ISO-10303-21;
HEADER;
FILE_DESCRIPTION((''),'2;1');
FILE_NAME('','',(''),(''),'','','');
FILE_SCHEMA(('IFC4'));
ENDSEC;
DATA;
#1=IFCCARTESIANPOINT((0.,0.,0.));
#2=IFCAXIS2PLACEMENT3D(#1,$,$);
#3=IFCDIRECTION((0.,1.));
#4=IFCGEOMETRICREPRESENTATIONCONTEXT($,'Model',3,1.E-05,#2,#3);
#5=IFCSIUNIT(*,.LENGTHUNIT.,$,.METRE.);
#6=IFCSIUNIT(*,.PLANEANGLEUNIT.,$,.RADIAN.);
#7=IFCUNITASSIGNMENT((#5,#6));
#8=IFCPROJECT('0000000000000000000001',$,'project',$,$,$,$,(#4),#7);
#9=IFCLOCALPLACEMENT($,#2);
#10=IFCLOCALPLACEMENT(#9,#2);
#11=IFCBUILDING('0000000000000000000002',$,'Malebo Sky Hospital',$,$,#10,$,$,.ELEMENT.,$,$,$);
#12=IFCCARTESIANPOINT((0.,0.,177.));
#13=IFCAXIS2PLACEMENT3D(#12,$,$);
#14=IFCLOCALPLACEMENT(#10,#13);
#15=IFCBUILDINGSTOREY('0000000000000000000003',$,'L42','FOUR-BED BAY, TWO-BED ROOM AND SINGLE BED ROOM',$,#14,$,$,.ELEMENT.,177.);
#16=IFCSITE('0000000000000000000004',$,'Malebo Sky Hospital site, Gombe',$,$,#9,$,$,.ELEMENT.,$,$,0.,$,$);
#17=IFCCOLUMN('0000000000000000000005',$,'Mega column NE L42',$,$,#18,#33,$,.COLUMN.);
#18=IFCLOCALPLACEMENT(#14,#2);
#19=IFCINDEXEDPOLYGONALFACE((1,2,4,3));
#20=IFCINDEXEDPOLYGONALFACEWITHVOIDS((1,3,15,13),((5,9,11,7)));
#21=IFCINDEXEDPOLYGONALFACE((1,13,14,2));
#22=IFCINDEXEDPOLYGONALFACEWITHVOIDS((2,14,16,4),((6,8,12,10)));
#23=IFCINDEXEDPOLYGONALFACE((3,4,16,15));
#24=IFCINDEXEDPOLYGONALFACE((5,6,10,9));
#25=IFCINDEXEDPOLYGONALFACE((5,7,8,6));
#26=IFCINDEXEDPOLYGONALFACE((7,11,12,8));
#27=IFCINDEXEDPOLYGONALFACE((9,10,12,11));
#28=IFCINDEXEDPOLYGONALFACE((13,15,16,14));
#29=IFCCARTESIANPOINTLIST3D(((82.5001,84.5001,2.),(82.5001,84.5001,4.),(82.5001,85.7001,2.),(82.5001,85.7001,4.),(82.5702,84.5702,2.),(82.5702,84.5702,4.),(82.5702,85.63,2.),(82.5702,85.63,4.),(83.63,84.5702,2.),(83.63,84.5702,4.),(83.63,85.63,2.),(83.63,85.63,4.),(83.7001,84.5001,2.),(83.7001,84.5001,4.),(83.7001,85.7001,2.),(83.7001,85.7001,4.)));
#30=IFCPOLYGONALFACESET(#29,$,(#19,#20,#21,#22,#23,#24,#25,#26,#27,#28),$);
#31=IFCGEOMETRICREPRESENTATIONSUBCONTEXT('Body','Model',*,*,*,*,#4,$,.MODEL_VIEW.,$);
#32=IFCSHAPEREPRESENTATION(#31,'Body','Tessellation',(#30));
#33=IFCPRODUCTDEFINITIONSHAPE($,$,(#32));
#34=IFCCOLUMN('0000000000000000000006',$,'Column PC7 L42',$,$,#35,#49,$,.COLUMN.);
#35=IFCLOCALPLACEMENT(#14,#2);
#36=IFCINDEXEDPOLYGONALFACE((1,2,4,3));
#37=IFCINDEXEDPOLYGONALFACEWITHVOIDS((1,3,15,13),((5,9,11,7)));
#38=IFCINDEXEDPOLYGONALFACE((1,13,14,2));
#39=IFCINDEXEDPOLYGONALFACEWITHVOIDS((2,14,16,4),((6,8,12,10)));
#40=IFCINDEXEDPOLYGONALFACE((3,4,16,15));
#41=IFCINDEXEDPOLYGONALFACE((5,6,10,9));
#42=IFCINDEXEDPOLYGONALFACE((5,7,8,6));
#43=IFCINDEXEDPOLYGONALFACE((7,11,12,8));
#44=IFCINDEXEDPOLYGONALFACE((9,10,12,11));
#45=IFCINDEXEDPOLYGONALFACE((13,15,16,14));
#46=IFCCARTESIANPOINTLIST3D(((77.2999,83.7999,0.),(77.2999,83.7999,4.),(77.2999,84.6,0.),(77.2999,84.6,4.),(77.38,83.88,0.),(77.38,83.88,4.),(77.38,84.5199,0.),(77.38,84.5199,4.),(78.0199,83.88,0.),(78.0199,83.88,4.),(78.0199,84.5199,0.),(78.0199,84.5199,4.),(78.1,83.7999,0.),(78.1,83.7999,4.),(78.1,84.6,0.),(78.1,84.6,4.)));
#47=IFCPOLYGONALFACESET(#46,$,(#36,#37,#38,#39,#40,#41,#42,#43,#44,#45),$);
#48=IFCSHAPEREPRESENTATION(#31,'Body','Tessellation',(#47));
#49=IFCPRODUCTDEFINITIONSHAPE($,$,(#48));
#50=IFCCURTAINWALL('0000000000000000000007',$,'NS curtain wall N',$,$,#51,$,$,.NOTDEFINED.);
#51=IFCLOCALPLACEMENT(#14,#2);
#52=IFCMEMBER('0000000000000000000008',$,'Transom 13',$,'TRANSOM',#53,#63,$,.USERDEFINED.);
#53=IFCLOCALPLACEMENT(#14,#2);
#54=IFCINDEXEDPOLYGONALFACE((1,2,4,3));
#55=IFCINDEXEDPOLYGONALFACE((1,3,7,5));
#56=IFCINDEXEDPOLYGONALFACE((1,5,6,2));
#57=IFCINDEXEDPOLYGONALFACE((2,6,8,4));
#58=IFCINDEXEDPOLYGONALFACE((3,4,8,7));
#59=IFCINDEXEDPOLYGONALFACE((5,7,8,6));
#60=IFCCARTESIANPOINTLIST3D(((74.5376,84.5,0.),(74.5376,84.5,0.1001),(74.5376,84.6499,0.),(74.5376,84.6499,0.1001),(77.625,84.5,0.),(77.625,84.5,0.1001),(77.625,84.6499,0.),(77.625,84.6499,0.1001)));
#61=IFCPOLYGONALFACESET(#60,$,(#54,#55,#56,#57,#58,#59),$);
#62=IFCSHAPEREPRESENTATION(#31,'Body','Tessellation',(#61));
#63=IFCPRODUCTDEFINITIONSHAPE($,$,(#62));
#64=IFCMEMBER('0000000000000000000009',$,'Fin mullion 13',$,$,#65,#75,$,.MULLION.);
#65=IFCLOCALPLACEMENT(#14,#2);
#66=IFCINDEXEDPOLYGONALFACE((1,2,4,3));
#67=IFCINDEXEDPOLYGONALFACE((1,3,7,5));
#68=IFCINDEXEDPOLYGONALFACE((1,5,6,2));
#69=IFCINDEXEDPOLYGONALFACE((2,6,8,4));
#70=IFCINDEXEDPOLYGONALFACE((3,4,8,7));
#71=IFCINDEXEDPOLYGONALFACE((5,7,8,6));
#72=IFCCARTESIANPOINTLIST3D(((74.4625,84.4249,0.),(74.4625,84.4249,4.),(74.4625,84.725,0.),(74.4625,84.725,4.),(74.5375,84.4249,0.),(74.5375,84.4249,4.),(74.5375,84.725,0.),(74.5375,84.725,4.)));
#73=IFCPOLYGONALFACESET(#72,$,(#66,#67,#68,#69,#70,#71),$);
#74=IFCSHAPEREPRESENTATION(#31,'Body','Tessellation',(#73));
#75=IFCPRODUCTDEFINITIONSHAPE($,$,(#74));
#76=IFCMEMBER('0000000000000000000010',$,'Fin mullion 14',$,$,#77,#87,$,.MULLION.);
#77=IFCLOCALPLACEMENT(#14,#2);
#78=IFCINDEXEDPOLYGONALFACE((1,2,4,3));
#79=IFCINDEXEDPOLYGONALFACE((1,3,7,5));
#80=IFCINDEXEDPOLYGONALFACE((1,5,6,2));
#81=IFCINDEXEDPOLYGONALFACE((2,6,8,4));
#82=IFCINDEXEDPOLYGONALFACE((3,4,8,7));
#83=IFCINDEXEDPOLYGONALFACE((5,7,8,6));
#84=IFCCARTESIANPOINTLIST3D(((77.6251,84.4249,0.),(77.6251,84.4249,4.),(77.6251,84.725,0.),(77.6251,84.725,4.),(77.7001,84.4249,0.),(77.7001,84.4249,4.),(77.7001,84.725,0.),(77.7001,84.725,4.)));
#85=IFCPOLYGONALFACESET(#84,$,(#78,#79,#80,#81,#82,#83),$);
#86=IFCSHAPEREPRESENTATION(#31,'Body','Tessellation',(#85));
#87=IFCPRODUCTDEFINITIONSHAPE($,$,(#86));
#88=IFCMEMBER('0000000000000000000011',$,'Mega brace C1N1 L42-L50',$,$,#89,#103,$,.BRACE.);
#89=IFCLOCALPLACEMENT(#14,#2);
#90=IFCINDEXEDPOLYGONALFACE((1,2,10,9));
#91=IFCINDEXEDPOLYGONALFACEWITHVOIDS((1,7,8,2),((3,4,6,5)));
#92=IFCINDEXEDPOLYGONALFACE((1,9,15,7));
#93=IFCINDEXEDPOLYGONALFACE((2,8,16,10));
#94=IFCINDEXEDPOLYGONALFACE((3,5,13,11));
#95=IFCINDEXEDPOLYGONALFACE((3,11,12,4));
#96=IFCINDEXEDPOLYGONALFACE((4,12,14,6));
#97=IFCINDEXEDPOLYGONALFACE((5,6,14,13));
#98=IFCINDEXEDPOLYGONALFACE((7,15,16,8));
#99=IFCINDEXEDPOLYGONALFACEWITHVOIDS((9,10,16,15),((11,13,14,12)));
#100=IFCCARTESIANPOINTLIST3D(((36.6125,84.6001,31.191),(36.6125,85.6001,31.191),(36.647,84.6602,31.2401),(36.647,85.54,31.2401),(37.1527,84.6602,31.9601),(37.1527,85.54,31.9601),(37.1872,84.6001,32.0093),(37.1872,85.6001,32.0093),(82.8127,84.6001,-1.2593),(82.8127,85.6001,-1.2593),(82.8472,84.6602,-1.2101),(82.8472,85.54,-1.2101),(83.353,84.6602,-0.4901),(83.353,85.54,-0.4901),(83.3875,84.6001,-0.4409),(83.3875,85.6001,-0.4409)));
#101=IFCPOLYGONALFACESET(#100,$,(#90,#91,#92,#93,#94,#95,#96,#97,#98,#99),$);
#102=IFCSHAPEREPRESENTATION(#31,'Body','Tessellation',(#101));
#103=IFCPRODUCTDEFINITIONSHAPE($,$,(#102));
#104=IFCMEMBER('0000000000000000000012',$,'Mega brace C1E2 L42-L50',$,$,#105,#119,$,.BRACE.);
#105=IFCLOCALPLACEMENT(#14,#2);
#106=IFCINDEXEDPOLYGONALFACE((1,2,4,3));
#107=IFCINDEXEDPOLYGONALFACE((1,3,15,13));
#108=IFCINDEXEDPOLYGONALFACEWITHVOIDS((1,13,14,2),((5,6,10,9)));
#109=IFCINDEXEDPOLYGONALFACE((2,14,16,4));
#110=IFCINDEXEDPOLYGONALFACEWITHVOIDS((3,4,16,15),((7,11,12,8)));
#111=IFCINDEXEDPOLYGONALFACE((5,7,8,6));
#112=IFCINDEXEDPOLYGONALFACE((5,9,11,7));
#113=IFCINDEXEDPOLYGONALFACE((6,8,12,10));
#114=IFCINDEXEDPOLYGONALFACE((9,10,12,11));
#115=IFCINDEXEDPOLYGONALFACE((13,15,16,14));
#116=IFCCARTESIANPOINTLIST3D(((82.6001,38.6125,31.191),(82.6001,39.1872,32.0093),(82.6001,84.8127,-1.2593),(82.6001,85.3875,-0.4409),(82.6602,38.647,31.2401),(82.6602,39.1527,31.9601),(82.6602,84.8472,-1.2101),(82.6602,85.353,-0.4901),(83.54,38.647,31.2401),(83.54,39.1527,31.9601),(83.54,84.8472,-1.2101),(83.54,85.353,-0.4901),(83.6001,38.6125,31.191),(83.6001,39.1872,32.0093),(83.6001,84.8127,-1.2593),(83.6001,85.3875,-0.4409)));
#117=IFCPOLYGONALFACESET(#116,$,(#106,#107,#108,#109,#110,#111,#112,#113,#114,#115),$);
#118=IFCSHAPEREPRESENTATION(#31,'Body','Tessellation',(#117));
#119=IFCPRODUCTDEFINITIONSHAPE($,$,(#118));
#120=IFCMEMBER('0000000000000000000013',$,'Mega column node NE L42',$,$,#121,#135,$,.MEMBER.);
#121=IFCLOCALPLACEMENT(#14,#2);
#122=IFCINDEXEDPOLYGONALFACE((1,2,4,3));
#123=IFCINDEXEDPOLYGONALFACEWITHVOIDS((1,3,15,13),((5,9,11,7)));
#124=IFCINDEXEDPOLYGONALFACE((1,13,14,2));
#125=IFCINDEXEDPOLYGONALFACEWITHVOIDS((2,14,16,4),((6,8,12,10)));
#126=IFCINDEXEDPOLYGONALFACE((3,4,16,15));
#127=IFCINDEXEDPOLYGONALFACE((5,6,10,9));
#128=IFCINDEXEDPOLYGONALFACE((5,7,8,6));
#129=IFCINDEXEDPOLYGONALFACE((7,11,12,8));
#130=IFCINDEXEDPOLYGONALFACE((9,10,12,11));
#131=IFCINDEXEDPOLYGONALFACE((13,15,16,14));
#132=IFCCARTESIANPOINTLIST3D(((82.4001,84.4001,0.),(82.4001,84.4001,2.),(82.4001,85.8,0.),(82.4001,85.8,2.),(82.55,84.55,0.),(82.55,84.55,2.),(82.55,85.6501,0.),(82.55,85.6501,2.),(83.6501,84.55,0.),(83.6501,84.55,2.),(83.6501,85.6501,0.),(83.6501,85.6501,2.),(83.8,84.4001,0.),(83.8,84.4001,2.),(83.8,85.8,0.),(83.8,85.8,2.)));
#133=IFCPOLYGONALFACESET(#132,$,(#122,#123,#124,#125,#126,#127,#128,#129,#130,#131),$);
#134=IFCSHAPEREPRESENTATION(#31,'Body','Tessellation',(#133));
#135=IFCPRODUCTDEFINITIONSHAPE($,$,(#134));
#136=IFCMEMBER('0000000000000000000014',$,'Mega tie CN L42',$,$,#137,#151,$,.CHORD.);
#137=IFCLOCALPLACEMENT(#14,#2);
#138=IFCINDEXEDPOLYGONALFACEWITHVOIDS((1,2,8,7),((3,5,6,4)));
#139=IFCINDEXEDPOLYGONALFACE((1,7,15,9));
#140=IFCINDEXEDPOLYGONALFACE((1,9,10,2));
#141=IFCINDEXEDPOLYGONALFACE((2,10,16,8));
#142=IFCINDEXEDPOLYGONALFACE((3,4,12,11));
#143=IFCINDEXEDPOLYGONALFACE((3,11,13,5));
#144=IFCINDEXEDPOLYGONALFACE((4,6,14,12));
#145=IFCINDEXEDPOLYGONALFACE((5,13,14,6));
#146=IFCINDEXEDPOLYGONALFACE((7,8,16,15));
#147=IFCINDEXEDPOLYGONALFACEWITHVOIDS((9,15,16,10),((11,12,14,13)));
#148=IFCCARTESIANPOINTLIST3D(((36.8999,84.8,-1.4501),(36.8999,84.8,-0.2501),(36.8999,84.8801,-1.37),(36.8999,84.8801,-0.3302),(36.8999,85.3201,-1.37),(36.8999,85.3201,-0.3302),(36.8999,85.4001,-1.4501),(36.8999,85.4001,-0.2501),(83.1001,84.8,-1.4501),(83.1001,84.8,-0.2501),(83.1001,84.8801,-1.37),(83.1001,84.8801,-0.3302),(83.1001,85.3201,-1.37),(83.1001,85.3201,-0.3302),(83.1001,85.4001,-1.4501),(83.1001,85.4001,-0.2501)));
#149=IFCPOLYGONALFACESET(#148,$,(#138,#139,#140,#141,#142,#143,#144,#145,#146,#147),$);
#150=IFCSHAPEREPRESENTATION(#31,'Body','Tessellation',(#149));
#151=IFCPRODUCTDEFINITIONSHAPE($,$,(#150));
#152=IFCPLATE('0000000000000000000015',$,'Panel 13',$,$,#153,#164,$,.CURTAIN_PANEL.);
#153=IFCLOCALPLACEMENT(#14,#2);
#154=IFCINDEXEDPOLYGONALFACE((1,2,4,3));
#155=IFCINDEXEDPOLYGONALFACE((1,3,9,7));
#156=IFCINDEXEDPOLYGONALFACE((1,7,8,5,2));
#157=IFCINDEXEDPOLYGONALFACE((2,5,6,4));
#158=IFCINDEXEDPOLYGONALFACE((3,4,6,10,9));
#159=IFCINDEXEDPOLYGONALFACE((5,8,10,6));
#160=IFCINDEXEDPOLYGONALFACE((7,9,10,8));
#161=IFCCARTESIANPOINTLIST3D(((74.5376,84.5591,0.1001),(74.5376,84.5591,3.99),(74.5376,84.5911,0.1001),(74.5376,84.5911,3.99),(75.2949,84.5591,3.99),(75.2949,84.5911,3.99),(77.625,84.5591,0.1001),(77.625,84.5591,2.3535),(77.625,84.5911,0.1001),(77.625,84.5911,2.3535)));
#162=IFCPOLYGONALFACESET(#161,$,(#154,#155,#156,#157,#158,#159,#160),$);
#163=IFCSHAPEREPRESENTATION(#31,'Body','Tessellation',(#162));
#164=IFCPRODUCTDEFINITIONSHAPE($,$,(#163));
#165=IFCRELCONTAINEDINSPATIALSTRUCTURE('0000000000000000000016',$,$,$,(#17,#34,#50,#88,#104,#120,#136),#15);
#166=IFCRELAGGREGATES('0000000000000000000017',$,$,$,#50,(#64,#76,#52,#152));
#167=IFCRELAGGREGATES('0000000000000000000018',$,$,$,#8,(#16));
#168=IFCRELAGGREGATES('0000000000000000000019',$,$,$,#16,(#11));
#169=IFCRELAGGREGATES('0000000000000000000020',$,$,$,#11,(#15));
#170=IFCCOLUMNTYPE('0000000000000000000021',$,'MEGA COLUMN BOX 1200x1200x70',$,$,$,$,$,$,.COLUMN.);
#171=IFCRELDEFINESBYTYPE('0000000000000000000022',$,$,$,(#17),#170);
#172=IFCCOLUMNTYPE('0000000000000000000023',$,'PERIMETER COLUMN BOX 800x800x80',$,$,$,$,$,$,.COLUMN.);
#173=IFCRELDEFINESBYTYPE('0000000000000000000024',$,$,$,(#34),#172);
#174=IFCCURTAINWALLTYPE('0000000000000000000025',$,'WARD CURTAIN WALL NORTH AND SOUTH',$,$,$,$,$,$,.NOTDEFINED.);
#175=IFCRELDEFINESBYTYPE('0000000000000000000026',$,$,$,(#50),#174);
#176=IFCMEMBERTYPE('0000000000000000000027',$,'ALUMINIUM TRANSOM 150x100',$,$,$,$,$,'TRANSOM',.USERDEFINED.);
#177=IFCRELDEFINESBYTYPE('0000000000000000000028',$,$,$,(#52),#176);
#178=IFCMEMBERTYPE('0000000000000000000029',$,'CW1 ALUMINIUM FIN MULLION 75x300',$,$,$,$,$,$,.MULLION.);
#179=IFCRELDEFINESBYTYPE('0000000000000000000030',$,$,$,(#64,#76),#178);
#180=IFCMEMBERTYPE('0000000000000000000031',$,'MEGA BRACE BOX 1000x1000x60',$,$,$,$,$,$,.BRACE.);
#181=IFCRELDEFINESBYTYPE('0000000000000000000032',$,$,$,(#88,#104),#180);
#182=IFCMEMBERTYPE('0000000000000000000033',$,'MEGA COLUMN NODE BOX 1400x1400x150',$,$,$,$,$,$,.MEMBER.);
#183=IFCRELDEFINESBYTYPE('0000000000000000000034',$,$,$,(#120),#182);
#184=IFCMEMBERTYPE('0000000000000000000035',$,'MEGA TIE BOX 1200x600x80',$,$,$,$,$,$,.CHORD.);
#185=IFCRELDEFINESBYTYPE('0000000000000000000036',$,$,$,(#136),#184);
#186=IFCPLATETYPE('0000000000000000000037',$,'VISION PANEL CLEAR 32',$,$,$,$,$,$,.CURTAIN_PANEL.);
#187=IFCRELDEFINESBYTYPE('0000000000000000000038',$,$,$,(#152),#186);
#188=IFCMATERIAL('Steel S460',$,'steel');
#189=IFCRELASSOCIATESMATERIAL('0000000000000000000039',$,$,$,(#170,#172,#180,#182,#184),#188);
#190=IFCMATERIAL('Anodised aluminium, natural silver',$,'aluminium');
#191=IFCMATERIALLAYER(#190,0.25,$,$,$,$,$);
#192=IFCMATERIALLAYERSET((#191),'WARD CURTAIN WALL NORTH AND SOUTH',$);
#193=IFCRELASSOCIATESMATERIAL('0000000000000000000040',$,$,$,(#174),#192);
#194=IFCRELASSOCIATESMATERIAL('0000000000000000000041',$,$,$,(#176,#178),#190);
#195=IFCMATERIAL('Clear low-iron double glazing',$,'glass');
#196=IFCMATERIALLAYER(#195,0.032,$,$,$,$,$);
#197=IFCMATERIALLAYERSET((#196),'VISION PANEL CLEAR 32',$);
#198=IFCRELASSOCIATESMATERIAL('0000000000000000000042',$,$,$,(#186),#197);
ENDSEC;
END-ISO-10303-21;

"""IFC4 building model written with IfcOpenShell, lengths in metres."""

from ifc_helpers import new_model, si_unit, direction, frame, origin, origin_2d, place, context, subcontext, project, spatial, polyline, rectangle, hollow_rectangle, outline, extrude, material, layer, layer_set, material_profile, profile_set, type_object, element, aggregate, save


model = new_model("IFC4")

# Units and contexts
model_context = context("Model", 3, precision=1e-05, world=origin(), true_north=direction((0.0, 1.0)))
body_context = subcontext(model_context, "Body", "Model", "MODEL_VIEW")
ifc_project = project(units=[si_unit("LENGTHUNIT", "METRE"), si_unit("PLANEANGLEUNIT", "RADIAN")], contexts=[model_context])

# Site, building, storey
site_placement = place(None, origin())
site = spatial("IfcSite", under=ifc_project, at=site_placement, Name="Malebo Sky Hospital site, Gombe", CompositionType="ELEMENT", RefElevation=0.0)
building_placement = place(site_placement, origin())
building = spatial("IfcBuilding", under=site, at=building_placement, Name="Malebo Sky Hospital", CompositionType="ELEMENT")
storey_placement = place(building_placement, frame((0.0, 0.0, 177.0)))
storey = spatial("IfcBuildingStorey", under=building, at=storey_placement, Name="L42", Description="FOUR-BED BAY, TWO-BED ROOM AND SINGLE BED ROOM", CompositionType="ELEMENT", Elevation=177.0)

# Columns
ifc_material_1 = material(Name="Steel S460", Category="steel")
ifc_material_profile_1 = material_profile(ifc_material_1, hollow_rectangle(XDim=1.2, YDim=1.2, WallThickness=0.0701, at=origin_2d()), Name="BOX 1200x1200x70")
ifc_profile_set_1 = profile_set([ifc_material_profile_1], Name="Steel S460")
column_type_1 = type_object("IfcColumnType", Name="MEGA COLUMN BOX 1200x1200x70", PredefinedType="COLUMN", material=ifc_profile_set_1)
column_1_placement = place(storey_placement, frame((83.1001, 85.1001, 2.0), z_axis=(0.0, 0.0, 1.0), x_axis=(1.0, 0.0, 0.0)))
element("IfcColumn", 1, at=column_1_placement, inside=storey, type_object=column_type_1, Name="Mega column NE L42", PredefinedType="COLUMN", context=body_context, shape_type="SweptSolid", body=[
    extrude(hollow_rectangle(XDim=1.2, YDim=1.2, WallThickness=0.0701, at=origin_2d()), origin(), (0.0, 0.0, 1.0), 2.0),
])
ifc_material_profile_2 = material_profile(ifc_material_1, hollow_rectangle(XDim=0.8, YDim=0.8, WallThickness=0.0801, at=origin_2d()), Name="BOX 800x800x80")
ifc_profile_set_2 = profile_set([ifc_material_profile_2], Name="Steel S460")
column_type_2 = type_object("IfcColumnType", Name="PERIMETER COLUMN BOX 800x800x80", PredefinedType="COLUMN", material=ifc_profile_set_2)
column_2_placement = place(storey_placement, frame((77.7, 84.2, 0.0), z_axis=(0.0, 0.0, 1.0), x_axis=(1.0, 0.0, 0.0)))
element("IfcColumn", 2, at=column_2_placement, inside=storey, type_object=column_type_2, Name="Column PC7 L42", PredefinedType="COLUMN", context=body_context, shape_type="SweptSolid", body=[
    extrude(hollow_rectangle(XDim=0.8, YDim=0.8, WallThickness=0.0801, at=origin_2d()), origin(), (0.0, 0.0, 1.0), 4.0),
])

# Curtain wall, members
ifc_material_2 = material(Name="Anodised aluminium, natural silver", Category="aluminium")
ifc_layer_1 = layer(ifc_material_2, 0.25)
ifc_layer_set_1 = layer_set([ifc_layer_1], Name="WARD CURTAIN WALL NORTH AND SOUTH")
curtain_wall_type = type_object("IfcCurtainWallType", Name="WARD CURTAIN WALL NORTH AND SOUTH", PredefinedType="NOTDEFINED", material=ifc_layer_set_1)
curtain_wall_placement = place(storey_placement, origin())
curtain_wall = element("IfcCurtainWall", 3, at=curtain_wall_placement, inside=storey, type_object=curtain_wall_type, Name="NS curtain wall N", PredefinedType="NOTDEFINED")
ifc_material_profile_3 = material_profile(ifc_material_2, rectangle(XDim=0.1499, YDim=0.1001, at=origin_2d()), Name="ALUMINIUM TRANSOM 150x100")
ifc_profile_set_3 = profile_set([ifc_material_profile_3], Name="Anodised aluminium, natural silver")
member_type_1 = type_object("IfcMemberType", Name="ALUMINIUM TRANSOM 150x100", ElementType="TRANSOM", PredefinedType="USERDEFINED", material=ifc_profile_set_3)
member_1_placement = place(storey_placement, frame((74.5376, 84.575, 0.05), z_axis=(1.0, 0.0, 0.0), x_axis=(0.0, 1.0, 0.0)))
member_1 = element("IfcMember", 4, at=member_1_placement, type_object=member_type_1, Name="Transom 13", ObjectType="TRANSOM", PredefinedType="USERDEFINED", context=body_context, shape_type="SweptSolid", body=[
    extrude(rectangle(XDim=0.1499, YDim=0.1001, at=origin_2d()), origin(), (0.0, 0.0, 1.0), 3.0874),
])
ifc_material_profile_4 = material_profile(ifc_material_2, rectangle(XDim=0.075, YDim=0.3, at=origin_2d()), Name="CW1 ALUMINIUM FIN MULLION 75x300")
ifc_profile_set_4 = profile_set([ifc_material_profile_4], Name="Anodised aluminium, natural silver")
member_type_2 = type_object("IfcMemberType", Name="CW1 ALUMINIUM FIN MULLION 75x300", PredefinedType="MULLION", material=ifc_profile_set_4)
member_2_placement = place(storey_placement, frame((74.5, 84.575, 0.0), z_axis=(0.0, 0.0, 1.0), x_axis=(1.0, 0.0, 0.0)))
member_2 = element("IfcMember", 5, at=member_2_placement, type_object=member_type_2, Name="Fin mullion 13", PredefinedType="MULLION", context=body_context, shape_type="SweptSolid", body=[
    extrude(rectangle(XDim=0.075, YDim=0.3, at=origin_2d()), origin(), (0.0, 0.0, 1.0), 4.0),
])
member_3_placement = place(storey_placement, frame((77.6626, 84.575, 0.0), z_axis=(0.0, 0.0, 1.0), x_axis=(1.0, 0.0, 0.0)))
member_3 = element("IfcMember", 6, at=member_3_placement, type_object=member_type_2, Name="Fin mullion 14", PredefinedType="MULLION", context=body_context, shape_type="SweptSolid", body=[
    extrude(rectangle(XDim=0.075, YDim=0.3, at=origin_2d()), origin(), (0.0, 0.0, 1.0), 4.0),
])

# Members
ifc_material_profile_5 = material_profile(ifc_material_1, hollow_rectangle(XDim=1.0, YDim=1.0, WallThickness=0.0601, at=origin_2d()), Name="BOX 1000x1000x60")
ifc_profile_set_5 = profile_set([ifc_material_profile_5], Name="Steel S460")
member_type_3 = type_object("IfcMemberType", Name="MEGA BRACE BOX 1000x1000x60", PredefinedType="BRACE", material=ifc_profile_set_5)
for number, where, z_axis, x_axis, name in (
    (7, (83.1001, 85.1001, -0.8501), (-0.818315, 0.0, 0.57477), (0.0, -1.0, 0.0), "Mega brace C1N1 L42-L50"),
    (8, (83.1001, 85.1001, -0.8501), (0.0, -0.818315, 0.57477), (1.0, 0.0, 0.0), "Mega brace C1E2 L42-L50"),
):
    element("IfcMember", number, at=place(storey_placement, frame(where, z_axis=z_axis, x_axis=x_axis)), inside=storey, type_object=member_type_3, Name=name, PredefinedType="BRACE", context=body_context, shape_type="SweptSolid", body=[
        extrude(hollow_rectangle(XDim=1.0, YDim=1.0, WallThickness=0.0601, at=origin_2d()), origin(), (0.0, 0.0, 1.0), 56.4578),
    ])
ifc_material_profile_6 = material_profile(ifc_material_1, hollow_rectangle(XDim=1.3999, YDim=1.3999, WallThickness=0.1499, at=origin_2d()), Name="BOX 1400x1400x150")
ifc_profile_set_6 = profile_set([ifc_material_profile_6], Name="Steel S460")
member_type_4 = type_object("IfcMemberType", Name="MEGA COLUMN NODE BOX 1400x1400x150", PredefinedType="MEMBER", material=ifc_profile_set_6)
member_4_placement = place(storey_placement, frame((83.1001, 85.1001, 0.0), z_axis=(0.0, 0.0, 1.0), x_axis=(1.0, 0.0, 0.0)))
element("IfcMember", 9, at=member_4_placement, inside=storey, type_object=member_type_4, Name="Mega column node NE L42", PredefinedType="MEMBER", context=body_context, shape_type="SweptSolid", body=[
    extrude(hollow_rectangle(XDim=1.3999, YDim=1.3999, WallThickness=0.1499, at=origin_2d()), origin(), (0.0, 0.0, 1.0), 2.0),
])
ifc_material_profile_7 = material_profile(ifc_material_1, hollow_rectangle(XDim=0.6001, YDim=1.2, WallThickness=0.0801, at=origin_2d()), Name="BOX 1200x600x80")
ifc_profile_set_7 = profile_set([ifc_material_profile_7], Name="Steel S460")
member_type_5 = type_object("IfcMemberType", Name="MEGA TIE BOX 1200x600x80", PredefinedType="CHORD", material=ifc_profile_set_7)
member_5_placement = place(storey_placement, frame((83.1001, 85.1001, -0.8501), z_axis=(-1.0, 0.0, 0.0), x_axis=(0.0, -1.0, 0.0)))
element("IfcMember", 10, at=member_5_placement, inside=storey, type_object=member_type_5, Name="Mega tie CN L42", PredefinedType="CHORD", context=body_context, shape_type="SweptSolid", body=[
    extrude(hollow_rectangle(XDim=0.6001, YDim=1.2, WallThickness=0.0801, at=origin_2d()), origin(), (0.0, 0.0, 1.0), 46.2002),
])

# Plate
ifc_material_3 = material(Name="Clear low-iron double glazing", Category="glass")
ifc_layer_2 = layer(ifc_material_3, 0.032)
ifc_layer_set_2 = layer_set([ifc_layer_2], Name="VISION PANEL CLEAR 32")
plate_type = type_object("IfcPlateType", Name="VISION PANEL CLEAR 32", PredefinedType="CURTAIN_PANEL", material=ifc_layer_set_2)
plate_placement = place(storey_placement, frame((76.0813, 84.575, 0.1001), z_axis=(0.0, 0.0, 1.0), x_axis=(1.0, 0.0, 0.0)))
plate = element("IfcPlate", 11, at=plate_placement, type_object=plate_type, Name="Panel 13", PredefinedType="CURTAIN_PANEL", context=body_context, shape_type="SweptSolid", body=[
    extrude(outline(polyline([(-1.5437, 0.0), (1.5437, 0.0), (1.5437, 2.2534), (-0.7864, 3.8899), (-1.5437, 3.8899), (-1.5437, 0.0)])), frame((0.0, 0.0161, 0.0), z_axis=(0.0, -1.0, 0.0), x_axis=(1.0, 0.0, 0.0)), (0.0, 0.0, 1.0), 0.032),
])
aggregate(curtain_wall, [member_2, member_3, member_1, plate])

save(model, "model.ifc")
